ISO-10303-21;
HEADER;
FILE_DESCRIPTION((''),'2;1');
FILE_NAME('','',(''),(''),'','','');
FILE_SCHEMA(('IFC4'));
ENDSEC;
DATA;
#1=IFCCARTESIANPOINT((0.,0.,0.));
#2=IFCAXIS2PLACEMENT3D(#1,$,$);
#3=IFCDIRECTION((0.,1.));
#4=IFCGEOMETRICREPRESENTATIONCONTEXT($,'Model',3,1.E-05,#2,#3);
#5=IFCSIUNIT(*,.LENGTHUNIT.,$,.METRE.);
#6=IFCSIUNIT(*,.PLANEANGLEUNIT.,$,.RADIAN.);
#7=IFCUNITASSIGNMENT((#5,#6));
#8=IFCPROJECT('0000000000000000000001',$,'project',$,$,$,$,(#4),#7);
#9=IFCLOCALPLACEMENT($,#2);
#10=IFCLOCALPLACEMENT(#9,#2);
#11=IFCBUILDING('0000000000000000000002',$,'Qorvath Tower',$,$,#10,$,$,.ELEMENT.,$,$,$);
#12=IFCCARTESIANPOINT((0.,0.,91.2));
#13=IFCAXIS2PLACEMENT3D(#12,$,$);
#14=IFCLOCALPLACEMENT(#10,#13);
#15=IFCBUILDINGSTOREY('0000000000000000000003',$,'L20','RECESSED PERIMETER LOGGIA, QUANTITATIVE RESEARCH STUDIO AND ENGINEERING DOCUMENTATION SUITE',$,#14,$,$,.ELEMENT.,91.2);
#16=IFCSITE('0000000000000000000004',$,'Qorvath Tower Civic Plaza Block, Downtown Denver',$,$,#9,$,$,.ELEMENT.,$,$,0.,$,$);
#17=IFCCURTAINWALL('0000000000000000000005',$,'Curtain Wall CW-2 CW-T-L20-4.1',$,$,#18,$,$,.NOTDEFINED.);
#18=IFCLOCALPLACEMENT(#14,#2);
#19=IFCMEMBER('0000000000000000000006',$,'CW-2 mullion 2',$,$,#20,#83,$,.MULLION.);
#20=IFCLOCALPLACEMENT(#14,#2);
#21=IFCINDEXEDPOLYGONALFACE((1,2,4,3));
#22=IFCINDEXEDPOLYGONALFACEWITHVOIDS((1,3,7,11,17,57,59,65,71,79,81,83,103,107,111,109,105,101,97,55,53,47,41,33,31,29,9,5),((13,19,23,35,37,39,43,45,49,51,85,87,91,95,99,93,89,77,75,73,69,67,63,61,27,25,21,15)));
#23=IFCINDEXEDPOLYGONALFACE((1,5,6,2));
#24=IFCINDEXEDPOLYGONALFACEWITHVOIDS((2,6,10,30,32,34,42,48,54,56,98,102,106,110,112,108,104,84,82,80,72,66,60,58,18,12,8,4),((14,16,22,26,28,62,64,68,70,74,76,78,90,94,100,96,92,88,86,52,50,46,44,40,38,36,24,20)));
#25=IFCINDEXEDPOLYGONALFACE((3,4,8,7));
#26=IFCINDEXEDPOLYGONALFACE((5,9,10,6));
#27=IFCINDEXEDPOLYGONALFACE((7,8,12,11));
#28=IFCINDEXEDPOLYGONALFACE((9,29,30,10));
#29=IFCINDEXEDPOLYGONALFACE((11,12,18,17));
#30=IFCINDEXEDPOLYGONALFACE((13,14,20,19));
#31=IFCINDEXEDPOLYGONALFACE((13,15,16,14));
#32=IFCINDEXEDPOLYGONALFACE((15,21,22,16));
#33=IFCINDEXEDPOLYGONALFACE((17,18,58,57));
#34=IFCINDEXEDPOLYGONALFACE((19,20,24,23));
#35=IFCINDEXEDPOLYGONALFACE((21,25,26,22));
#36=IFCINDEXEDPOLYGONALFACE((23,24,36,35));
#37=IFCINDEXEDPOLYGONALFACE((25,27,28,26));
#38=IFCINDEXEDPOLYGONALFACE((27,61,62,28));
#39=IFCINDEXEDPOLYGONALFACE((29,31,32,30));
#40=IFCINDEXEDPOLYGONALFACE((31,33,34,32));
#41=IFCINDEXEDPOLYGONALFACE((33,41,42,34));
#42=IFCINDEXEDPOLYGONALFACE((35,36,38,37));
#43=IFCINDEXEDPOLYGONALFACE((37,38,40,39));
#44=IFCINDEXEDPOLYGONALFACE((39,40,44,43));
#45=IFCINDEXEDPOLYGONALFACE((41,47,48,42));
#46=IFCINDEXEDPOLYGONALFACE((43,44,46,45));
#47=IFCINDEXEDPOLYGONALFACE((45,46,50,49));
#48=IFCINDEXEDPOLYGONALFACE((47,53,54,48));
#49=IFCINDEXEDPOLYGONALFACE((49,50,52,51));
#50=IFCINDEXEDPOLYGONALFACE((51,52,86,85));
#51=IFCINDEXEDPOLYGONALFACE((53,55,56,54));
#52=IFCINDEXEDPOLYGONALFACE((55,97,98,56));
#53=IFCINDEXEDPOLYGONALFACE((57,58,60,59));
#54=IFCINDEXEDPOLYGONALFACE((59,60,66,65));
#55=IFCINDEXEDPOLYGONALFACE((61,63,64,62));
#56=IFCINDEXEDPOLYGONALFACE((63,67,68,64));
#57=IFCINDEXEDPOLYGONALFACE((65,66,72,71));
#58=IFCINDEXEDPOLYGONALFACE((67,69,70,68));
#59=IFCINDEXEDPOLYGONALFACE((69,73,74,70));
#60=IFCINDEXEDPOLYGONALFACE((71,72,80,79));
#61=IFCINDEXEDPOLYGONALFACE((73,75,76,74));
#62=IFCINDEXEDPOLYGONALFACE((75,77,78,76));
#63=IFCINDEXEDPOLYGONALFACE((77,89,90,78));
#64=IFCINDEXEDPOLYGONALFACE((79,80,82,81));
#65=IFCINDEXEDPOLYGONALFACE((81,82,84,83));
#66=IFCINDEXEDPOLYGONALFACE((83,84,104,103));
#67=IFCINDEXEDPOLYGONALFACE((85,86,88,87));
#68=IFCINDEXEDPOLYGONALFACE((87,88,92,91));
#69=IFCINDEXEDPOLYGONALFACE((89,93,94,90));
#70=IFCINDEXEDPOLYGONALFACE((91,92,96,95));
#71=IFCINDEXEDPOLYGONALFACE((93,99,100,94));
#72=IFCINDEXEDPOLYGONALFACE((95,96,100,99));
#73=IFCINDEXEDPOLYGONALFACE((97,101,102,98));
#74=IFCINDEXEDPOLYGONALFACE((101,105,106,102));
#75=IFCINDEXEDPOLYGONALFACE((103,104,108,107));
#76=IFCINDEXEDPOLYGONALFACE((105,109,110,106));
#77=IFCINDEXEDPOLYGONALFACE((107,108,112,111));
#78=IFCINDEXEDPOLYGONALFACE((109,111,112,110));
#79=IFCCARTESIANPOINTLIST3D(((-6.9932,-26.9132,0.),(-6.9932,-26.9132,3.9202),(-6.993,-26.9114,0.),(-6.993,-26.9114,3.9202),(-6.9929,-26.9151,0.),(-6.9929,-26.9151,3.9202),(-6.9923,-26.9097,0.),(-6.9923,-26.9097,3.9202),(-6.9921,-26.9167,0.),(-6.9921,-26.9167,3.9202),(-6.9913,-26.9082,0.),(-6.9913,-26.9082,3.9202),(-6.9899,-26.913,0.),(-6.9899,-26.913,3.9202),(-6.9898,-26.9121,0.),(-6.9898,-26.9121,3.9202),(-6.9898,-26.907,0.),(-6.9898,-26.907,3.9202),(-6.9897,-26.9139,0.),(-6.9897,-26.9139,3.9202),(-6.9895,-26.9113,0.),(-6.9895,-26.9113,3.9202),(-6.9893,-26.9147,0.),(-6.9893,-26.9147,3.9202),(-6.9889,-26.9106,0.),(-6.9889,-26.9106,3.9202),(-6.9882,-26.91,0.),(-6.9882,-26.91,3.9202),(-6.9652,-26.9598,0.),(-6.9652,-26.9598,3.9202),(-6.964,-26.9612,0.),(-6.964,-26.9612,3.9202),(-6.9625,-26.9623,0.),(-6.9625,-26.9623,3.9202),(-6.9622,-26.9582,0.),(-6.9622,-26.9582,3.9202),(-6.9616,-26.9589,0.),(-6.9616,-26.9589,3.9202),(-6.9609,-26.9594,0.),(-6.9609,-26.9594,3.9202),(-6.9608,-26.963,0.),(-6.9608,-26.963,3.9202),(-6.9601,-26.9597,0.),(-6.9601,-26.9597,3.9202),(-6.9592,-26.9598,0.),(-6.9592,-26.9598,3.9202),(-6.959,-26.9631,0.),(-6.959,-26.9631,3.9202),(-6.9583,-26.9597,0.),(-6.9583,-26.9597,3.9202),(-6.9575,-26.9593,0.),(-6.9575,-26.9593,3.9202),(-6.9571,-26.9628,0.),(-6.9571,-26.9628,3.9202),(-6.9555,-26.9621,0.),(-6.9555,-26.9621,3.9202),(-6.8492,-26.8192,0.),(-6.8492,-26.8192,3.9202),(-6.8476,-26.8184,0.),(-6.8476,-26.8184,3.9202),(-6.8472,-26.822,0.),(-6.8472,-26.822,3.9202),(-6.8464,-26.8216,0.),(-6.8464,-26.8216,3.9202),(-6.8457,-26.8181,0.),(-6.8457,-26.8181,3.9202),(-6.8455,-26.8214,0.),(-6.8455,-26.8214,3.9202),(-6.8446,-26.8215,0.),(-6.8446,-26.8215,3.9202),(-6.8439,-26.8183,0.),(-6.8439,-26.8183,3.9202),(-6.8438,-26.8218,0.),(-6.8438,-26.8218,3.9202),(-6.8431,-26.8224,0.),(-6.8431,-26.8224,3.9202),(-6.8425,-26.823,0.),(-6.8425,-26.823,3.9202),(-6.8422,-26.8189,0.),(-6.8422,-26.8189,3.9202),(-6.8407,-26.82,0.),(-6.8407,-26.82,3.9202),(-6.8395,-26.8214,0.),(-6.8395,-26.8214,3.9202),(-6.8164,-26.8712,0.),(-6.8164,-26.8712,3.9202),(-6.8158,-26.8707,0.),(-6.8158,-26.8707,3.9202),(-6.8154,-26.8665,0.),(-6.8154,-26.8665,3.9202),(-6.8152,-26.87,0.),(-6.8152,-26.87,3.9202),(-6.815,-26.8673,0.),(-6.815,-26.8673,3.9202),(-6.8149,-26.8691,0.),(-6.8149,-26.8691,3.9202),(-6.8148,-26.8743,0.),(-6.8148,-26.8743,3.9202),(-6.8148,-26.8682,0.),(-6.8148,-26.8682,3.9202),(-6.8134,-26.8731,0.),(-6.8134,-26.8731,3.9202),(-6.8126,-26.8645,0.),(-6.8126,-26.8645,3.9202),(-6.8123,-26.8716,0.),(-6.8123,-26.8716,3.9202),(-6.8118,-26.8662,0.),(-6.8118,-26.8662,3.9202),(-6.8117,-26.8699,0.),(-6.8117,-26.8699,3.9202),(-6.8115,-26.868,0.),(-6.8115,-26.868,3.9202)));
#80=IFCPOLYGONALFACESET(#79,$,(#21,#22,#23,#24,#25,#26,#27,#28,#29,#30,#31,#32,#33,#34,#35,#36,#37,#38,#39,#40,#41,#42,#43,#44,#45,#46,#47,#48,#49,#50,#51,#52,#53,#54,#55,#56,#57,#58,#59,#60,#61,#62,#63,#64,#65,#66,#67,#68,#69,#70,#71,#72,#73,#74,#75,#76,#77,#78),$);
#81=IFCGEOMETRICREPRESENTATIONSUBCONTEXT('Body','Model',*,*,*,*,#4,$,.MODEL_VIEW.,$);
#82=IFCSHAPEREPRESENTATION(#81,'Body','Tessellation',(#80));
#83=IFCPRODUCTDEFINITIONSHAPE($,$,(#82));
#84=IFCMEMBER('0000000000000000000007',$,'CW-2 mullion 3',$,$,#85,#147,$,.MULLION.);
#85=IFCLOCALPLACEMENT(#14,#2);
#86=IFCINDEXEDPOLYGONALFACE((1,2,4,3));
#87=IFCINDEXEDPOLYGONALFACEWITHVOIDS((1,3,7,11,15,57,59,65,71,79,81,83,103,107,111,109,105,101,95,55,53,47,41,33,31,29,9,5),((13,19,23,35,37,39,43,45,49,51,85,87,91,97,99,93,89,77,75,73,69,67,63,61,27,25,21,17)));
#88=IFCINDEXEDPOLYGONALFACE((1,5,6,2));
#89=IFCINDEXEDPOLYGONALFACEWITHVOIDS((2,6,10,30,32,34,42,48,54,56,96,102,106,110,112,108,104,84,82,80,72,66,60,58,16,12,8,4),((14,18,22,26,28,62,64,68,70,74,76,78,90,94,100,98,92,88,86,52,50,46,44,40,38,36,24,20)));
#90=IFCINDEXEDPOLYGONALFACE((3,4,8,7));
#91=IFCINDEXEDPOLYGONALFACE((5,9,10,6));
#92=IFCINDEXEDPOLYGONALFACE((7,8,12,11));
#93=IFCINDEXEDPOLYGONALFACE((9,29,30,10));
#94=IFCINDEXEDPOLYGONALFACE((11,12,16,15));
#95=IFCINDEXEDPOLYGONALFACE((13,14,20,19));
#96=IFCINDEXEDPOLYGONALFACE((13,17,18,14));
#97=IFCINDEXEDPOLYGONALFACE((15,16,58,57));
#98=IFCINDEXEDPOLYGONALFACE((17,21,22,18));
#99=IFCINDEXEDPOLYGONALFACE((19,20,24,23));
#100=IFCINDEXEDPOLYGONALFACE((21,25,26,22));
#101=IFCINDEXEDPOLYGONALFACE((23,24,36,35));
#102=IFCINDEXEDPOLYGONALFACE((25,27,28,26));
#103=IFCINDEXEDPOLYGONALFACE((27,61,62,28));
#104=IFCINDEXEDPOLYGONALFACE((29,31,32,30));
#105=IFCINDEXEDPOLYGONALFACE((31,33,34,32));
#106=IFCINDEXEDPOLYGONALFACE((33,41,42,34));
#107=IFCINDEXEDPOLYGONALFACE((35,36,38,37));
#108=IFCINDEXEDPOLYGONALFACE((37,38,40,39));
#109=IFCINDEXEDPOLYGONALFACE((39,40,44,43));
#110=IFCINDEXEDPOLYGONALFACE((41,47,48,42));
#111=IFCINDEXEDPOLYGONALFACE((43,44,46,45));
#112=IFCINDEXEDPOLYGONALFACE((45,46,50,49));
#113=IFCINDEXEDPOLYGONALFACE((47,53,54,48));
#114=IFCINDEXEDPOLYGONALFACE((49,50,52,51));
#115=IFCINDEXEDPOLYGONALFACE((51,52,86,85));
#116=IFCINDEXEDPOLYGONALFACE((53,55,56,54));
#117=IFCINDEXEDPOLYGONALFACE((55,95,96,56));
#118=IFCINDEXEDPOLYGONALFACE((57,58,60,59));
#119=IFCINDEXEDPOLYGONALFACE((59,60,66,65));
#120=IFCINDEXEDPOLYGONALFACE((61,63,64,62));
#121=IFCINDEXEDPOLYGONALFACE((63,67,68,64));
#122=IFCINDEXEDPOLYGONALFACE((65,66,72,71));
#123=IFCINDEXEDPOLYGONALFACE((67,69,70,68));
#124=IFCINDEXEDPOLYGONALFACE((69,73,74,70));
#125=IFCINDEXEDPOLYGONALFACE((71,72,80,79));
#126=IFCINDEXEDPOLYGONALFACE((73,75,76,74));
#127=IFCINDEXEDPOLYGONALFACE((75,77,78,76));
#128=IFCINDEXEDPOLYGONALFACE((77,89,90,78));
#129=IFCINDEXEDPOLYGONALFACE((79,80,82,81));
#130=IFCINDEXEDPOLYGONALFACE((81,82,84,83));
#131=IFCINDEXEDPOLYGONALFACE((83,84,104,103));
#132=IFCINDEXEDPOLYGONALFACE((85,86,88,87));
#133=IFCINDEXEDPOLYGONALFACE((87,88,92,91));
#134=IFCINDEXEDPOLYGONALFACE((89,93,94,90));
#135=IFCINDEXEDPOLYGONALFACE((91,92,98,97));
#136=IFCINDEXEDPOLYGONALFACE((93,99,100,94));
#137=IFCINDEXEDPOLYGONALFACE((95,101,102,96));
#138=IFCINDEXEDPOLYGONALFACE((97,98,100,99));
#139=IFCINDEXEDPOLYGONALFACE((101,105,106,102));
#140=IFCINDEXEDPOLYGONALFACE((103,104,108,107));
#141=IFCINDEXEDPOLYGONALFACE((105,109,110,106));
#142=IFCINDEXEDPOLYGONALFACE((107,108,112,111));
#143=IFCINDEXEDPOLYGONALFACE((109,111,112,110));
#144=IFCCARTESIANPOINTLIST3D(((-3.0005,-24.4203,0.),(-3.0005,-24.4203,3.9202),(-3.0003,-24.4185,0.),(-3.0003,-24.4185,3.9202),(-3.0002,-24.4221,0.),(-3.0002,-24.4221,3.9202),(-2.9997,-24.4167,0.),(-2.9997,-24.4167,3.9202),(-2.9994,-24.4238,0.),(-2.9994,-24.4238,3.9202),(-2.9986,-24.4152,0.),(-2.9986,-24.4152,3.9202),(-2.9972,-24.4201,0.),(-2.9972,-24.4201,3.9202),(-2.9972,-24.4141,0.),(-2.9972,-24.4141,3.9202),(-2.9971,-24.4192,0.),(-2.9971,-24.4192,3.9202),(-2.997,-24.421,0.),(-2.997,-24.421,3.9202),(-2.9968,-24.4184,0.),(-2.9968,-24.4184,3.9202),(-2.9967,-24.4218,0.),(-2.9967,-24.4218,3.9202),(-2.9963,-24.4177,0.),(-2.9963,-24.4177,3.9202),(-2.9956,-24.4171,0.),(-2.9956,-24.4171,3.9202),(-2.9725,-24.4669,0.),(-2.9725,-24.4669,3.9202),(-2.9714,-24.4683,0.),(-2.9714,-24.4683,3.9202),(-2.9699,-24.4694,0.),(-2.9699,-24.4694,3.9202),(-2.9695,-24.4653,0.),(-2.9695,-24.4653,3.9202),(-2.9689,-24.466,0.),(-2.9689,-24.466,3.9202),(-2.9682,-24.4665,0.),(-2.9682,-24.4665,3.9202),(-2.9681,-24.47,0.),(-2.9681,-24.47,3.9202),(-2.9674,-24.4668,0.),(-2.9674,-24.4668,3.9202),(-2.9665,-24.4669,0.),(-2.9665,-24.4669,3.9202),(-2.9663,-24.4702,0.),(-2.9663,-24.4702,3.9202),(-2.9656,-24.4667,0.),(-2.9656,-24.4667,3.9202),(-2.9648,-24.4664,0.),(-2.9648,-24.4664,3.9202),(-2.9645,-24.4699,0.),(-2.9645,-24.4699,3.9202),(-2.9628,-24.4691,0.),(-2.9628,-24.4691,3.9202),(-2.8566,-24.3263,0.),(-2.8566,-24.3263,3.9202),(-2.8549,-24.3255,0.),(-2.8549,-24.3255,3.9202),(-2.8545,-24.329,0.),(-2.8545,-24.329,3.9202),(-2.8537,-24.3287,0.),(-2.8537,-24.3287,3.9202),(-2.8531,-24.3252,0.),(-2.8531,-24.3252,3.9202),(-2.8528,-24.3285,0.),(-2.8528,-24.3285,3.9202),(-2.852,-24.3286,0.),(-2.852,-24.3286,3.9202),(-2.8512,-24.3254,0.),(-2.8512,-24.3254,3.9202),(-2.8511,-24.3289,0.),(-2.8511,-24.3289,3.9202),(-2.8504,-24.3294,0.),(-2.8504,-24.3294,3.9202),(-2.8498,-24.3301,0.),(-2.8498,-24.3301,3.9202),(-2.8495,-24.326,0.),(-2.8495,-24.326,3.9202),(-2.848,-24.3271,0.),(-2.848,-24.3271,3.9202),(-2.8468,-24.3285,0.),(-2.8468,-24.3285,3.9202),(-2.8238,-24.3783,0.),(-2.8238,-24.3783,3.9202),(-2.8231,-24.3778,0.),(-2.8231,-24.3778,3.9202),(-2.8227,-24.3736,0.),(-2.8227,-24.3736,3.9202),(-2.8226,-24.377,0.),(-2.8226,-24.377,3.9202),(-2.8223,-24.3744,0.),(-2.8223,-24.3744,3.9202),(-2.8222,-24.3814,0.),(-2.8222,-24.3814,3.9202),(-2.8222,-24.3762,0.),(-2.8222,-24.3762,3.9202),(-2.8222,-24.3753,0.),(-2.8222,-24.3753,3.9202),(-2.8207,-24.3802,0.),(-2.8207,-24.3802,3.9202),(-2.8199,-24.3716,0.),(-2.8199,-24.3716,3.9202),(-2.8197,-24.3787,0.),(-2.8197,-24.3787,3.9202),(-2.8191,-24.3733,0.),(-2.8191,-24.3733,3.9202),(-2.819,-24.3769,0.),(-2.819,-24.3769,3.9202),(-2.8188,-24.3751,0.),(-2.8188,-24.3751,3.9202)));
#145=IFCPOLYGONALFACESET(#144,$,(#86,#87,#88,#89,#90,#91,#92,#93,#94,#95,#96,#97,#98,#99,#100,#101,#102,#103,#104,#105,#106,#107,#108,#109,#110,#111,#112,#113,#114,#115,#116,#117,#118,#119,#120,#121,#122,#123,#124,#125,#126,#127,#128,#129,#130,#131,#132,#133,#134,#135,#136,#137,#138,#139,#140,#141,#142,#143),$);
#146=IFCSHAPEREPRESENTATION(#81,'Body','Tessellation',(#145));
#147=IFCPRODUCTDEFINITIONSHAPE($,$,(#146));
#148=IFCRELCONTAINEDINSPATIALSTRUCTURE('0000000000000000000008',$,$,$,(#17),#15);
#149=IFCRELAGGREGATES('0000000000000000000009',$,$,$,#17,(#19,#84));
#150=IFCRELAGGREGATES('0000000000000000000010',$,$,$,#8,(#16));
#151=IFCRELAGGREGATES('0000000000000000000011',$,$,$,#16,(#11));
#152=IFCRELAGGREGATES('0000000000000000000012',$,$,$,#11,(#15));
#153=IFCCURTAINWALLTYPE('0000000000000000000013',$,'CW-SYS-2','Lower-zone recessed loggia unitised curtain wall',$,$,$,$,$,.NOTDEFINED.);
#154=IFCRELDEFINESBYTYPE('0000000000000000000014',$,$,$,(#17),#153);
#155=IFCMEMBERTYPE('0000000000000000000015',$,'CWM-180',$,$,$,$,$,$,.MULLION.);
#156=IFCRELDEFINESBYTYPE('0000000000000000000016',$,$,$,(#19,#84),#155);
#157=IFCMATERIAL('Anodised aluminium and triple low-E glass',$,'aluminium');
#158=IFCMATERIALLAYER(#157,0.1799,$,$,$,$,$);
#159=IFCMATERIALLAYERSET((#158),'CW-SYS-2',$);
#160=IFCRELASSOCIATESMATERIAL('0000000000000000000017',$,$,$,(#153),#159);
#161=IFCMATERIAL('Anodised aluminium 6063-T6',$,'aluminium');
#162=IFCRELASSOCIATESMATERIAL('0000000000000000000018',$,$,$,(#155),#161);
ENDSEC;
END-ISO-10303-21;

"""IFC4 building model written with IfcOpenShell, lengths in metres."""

from ifc_helpers import new_model, si_unit, direction, frame, origin, origin_2d, place, context, subcontext, project, spatial, hollow_rectangle, extrude, material, layer, layer_set, material_profile, profile_set, type_object, element, aggregate, save


model = new_model("IFC4")

# Units and contexts
model_context = context("Model", 3, precision=1e-05, world=origin(), true_north=direction((0.0, 1.0)))
body_context = subcontext(model_context, "Body", "Model", "MODEL_VIEW")
ifc_project = project(units=[si_unit("LENGTHUNIT", "METRE"), si_unit("PLANEANGLEUNIT", "RADIAN")], contexts=[model_context])

# Site, building, storey
site_placement = place(None, origin())
site = spatial("IfcSite", under=ifc_project, at=site_placement, Name="Qorvath Tower Civic Plaza Block, Downtown Denver", CompositionType="ELEMENT", RefElevation=0.0)
building_placement = place(site_placement, origin())
building = spatial("IfcBuilding", under=site, at=building_placement, Name="Qorvath Tower", CompositionType="ELEMENT")
storey_placement = place(building_placement, frame((0.0, 0.0, 91.2)))
storey = spatial("IfcBuildingStorey", under=building, at=storey_placement, Name="L20", Description="RECESSED PERIMETER LOGGIA, QUANTITATIVE RESEARCH STUDIO AND ENGINEERING DOCUMENTATION SUITE", CompositionType="ELEMENT", Elevation=91.2)

# Shared definitions
ifc_material_1 = material(Name="Anodised aluminium and triple low-E glass", Category="aluminium")
ifc_layer_1 = layer(ifc_material_1, 0.1799)
ifc_layer_set_1 = layer_set([ifc_layer_1], Name="CW-SYS-2")
curtain_wall_type = type_object("IfcCurtainWallType", Name="CW-SYS-2", Description="Lower-zone recessed loggia unitised curtain wall", PredefinedType="NOTDEFINED", material=ifc_layer_set_1)
ifc_material_2 = material(Name="Anodised aluminium 6063-T6", Category="aluminium")
ifc_material_profile_1 = material_profile(ifc_material_2, hollow_rectangle(XDim=0.0649, YDim=0.1799, WallThickness=0.0034, InnerFilletRadius=0.0034, OuterFilletRadius=0.0071, at=origin_2d()), Name="CWM 180x65")
ifc_profile_set_1 = profile_set([ifc_material_profile_1], Name="Anodised aluminium 6063-T6")
member_type_1 = type_object("IfcMemberType", Name="CWM-180", PredefinedType="MULLION", material=ifc_profile_set_1)

# Curtain wall, members
curtain_wall_1_placement = place(storey_placement, origin())
curtain_wall_1 = element("IfcCurtainWall", 1, at=curtain_wall_1_placement, inside=storey, type_object=curtain_wall_type, Name="Curtain Wall CW-2 CW-T-L20-4.1", PredefinedType="NOTDEFINED")
member_1_placement = place(storey_placement, frame((-6.9023, -26.8906, 0.0), z_axis=(0.0, 0.0, 1.0), x_axis=(-0.529596, 0.84825, 0.0)))
member_1 = element("IfcMember", 2, at=member_1_placement, type_object=member_type_1, Name="CW-2 mullion 2", PredefinedType="MULLION", context=body_context, shape_type="SweptSolid", body=[
    extrude(hollow_rectangle(XDim=0.0649, YDim=0.1799, WallThickness=0.0034, InnerFilletRadius=0.0034, OuterFilletRadius=0.0071, at=origin_2d()), origin(), (0.0, 0.0, 1.0), 3.9202),
])
member_2_placement = place(storey_placement, frame((-2.9097, -24.3977, 0.0), z_axis=(0.0, 0.0, 1.0), x_axis=(-0.529596, 0.84825, 0.0)))
member_2 = element("IfcMember", 3, at=member_2_placement, type_object=member_type_1, Name="CW-2 mullion 3", PredefinedType="MULLION", context=body_context, shape_type="SweptSolid", body=[
    extrude(hollow_rectangle(XDim=0.0649, YDim=0.1799, WallThickness=0.0034, InnerFilletRadius=0.0034, OuterFilletRadius=0.0071, at=origin_2d()), origin(), (0.0, 0.0, 1.0), 3.9202),
])

aggregate(curtain_wall_1, [member_1, member_2])

save(model, "model.ifc")
